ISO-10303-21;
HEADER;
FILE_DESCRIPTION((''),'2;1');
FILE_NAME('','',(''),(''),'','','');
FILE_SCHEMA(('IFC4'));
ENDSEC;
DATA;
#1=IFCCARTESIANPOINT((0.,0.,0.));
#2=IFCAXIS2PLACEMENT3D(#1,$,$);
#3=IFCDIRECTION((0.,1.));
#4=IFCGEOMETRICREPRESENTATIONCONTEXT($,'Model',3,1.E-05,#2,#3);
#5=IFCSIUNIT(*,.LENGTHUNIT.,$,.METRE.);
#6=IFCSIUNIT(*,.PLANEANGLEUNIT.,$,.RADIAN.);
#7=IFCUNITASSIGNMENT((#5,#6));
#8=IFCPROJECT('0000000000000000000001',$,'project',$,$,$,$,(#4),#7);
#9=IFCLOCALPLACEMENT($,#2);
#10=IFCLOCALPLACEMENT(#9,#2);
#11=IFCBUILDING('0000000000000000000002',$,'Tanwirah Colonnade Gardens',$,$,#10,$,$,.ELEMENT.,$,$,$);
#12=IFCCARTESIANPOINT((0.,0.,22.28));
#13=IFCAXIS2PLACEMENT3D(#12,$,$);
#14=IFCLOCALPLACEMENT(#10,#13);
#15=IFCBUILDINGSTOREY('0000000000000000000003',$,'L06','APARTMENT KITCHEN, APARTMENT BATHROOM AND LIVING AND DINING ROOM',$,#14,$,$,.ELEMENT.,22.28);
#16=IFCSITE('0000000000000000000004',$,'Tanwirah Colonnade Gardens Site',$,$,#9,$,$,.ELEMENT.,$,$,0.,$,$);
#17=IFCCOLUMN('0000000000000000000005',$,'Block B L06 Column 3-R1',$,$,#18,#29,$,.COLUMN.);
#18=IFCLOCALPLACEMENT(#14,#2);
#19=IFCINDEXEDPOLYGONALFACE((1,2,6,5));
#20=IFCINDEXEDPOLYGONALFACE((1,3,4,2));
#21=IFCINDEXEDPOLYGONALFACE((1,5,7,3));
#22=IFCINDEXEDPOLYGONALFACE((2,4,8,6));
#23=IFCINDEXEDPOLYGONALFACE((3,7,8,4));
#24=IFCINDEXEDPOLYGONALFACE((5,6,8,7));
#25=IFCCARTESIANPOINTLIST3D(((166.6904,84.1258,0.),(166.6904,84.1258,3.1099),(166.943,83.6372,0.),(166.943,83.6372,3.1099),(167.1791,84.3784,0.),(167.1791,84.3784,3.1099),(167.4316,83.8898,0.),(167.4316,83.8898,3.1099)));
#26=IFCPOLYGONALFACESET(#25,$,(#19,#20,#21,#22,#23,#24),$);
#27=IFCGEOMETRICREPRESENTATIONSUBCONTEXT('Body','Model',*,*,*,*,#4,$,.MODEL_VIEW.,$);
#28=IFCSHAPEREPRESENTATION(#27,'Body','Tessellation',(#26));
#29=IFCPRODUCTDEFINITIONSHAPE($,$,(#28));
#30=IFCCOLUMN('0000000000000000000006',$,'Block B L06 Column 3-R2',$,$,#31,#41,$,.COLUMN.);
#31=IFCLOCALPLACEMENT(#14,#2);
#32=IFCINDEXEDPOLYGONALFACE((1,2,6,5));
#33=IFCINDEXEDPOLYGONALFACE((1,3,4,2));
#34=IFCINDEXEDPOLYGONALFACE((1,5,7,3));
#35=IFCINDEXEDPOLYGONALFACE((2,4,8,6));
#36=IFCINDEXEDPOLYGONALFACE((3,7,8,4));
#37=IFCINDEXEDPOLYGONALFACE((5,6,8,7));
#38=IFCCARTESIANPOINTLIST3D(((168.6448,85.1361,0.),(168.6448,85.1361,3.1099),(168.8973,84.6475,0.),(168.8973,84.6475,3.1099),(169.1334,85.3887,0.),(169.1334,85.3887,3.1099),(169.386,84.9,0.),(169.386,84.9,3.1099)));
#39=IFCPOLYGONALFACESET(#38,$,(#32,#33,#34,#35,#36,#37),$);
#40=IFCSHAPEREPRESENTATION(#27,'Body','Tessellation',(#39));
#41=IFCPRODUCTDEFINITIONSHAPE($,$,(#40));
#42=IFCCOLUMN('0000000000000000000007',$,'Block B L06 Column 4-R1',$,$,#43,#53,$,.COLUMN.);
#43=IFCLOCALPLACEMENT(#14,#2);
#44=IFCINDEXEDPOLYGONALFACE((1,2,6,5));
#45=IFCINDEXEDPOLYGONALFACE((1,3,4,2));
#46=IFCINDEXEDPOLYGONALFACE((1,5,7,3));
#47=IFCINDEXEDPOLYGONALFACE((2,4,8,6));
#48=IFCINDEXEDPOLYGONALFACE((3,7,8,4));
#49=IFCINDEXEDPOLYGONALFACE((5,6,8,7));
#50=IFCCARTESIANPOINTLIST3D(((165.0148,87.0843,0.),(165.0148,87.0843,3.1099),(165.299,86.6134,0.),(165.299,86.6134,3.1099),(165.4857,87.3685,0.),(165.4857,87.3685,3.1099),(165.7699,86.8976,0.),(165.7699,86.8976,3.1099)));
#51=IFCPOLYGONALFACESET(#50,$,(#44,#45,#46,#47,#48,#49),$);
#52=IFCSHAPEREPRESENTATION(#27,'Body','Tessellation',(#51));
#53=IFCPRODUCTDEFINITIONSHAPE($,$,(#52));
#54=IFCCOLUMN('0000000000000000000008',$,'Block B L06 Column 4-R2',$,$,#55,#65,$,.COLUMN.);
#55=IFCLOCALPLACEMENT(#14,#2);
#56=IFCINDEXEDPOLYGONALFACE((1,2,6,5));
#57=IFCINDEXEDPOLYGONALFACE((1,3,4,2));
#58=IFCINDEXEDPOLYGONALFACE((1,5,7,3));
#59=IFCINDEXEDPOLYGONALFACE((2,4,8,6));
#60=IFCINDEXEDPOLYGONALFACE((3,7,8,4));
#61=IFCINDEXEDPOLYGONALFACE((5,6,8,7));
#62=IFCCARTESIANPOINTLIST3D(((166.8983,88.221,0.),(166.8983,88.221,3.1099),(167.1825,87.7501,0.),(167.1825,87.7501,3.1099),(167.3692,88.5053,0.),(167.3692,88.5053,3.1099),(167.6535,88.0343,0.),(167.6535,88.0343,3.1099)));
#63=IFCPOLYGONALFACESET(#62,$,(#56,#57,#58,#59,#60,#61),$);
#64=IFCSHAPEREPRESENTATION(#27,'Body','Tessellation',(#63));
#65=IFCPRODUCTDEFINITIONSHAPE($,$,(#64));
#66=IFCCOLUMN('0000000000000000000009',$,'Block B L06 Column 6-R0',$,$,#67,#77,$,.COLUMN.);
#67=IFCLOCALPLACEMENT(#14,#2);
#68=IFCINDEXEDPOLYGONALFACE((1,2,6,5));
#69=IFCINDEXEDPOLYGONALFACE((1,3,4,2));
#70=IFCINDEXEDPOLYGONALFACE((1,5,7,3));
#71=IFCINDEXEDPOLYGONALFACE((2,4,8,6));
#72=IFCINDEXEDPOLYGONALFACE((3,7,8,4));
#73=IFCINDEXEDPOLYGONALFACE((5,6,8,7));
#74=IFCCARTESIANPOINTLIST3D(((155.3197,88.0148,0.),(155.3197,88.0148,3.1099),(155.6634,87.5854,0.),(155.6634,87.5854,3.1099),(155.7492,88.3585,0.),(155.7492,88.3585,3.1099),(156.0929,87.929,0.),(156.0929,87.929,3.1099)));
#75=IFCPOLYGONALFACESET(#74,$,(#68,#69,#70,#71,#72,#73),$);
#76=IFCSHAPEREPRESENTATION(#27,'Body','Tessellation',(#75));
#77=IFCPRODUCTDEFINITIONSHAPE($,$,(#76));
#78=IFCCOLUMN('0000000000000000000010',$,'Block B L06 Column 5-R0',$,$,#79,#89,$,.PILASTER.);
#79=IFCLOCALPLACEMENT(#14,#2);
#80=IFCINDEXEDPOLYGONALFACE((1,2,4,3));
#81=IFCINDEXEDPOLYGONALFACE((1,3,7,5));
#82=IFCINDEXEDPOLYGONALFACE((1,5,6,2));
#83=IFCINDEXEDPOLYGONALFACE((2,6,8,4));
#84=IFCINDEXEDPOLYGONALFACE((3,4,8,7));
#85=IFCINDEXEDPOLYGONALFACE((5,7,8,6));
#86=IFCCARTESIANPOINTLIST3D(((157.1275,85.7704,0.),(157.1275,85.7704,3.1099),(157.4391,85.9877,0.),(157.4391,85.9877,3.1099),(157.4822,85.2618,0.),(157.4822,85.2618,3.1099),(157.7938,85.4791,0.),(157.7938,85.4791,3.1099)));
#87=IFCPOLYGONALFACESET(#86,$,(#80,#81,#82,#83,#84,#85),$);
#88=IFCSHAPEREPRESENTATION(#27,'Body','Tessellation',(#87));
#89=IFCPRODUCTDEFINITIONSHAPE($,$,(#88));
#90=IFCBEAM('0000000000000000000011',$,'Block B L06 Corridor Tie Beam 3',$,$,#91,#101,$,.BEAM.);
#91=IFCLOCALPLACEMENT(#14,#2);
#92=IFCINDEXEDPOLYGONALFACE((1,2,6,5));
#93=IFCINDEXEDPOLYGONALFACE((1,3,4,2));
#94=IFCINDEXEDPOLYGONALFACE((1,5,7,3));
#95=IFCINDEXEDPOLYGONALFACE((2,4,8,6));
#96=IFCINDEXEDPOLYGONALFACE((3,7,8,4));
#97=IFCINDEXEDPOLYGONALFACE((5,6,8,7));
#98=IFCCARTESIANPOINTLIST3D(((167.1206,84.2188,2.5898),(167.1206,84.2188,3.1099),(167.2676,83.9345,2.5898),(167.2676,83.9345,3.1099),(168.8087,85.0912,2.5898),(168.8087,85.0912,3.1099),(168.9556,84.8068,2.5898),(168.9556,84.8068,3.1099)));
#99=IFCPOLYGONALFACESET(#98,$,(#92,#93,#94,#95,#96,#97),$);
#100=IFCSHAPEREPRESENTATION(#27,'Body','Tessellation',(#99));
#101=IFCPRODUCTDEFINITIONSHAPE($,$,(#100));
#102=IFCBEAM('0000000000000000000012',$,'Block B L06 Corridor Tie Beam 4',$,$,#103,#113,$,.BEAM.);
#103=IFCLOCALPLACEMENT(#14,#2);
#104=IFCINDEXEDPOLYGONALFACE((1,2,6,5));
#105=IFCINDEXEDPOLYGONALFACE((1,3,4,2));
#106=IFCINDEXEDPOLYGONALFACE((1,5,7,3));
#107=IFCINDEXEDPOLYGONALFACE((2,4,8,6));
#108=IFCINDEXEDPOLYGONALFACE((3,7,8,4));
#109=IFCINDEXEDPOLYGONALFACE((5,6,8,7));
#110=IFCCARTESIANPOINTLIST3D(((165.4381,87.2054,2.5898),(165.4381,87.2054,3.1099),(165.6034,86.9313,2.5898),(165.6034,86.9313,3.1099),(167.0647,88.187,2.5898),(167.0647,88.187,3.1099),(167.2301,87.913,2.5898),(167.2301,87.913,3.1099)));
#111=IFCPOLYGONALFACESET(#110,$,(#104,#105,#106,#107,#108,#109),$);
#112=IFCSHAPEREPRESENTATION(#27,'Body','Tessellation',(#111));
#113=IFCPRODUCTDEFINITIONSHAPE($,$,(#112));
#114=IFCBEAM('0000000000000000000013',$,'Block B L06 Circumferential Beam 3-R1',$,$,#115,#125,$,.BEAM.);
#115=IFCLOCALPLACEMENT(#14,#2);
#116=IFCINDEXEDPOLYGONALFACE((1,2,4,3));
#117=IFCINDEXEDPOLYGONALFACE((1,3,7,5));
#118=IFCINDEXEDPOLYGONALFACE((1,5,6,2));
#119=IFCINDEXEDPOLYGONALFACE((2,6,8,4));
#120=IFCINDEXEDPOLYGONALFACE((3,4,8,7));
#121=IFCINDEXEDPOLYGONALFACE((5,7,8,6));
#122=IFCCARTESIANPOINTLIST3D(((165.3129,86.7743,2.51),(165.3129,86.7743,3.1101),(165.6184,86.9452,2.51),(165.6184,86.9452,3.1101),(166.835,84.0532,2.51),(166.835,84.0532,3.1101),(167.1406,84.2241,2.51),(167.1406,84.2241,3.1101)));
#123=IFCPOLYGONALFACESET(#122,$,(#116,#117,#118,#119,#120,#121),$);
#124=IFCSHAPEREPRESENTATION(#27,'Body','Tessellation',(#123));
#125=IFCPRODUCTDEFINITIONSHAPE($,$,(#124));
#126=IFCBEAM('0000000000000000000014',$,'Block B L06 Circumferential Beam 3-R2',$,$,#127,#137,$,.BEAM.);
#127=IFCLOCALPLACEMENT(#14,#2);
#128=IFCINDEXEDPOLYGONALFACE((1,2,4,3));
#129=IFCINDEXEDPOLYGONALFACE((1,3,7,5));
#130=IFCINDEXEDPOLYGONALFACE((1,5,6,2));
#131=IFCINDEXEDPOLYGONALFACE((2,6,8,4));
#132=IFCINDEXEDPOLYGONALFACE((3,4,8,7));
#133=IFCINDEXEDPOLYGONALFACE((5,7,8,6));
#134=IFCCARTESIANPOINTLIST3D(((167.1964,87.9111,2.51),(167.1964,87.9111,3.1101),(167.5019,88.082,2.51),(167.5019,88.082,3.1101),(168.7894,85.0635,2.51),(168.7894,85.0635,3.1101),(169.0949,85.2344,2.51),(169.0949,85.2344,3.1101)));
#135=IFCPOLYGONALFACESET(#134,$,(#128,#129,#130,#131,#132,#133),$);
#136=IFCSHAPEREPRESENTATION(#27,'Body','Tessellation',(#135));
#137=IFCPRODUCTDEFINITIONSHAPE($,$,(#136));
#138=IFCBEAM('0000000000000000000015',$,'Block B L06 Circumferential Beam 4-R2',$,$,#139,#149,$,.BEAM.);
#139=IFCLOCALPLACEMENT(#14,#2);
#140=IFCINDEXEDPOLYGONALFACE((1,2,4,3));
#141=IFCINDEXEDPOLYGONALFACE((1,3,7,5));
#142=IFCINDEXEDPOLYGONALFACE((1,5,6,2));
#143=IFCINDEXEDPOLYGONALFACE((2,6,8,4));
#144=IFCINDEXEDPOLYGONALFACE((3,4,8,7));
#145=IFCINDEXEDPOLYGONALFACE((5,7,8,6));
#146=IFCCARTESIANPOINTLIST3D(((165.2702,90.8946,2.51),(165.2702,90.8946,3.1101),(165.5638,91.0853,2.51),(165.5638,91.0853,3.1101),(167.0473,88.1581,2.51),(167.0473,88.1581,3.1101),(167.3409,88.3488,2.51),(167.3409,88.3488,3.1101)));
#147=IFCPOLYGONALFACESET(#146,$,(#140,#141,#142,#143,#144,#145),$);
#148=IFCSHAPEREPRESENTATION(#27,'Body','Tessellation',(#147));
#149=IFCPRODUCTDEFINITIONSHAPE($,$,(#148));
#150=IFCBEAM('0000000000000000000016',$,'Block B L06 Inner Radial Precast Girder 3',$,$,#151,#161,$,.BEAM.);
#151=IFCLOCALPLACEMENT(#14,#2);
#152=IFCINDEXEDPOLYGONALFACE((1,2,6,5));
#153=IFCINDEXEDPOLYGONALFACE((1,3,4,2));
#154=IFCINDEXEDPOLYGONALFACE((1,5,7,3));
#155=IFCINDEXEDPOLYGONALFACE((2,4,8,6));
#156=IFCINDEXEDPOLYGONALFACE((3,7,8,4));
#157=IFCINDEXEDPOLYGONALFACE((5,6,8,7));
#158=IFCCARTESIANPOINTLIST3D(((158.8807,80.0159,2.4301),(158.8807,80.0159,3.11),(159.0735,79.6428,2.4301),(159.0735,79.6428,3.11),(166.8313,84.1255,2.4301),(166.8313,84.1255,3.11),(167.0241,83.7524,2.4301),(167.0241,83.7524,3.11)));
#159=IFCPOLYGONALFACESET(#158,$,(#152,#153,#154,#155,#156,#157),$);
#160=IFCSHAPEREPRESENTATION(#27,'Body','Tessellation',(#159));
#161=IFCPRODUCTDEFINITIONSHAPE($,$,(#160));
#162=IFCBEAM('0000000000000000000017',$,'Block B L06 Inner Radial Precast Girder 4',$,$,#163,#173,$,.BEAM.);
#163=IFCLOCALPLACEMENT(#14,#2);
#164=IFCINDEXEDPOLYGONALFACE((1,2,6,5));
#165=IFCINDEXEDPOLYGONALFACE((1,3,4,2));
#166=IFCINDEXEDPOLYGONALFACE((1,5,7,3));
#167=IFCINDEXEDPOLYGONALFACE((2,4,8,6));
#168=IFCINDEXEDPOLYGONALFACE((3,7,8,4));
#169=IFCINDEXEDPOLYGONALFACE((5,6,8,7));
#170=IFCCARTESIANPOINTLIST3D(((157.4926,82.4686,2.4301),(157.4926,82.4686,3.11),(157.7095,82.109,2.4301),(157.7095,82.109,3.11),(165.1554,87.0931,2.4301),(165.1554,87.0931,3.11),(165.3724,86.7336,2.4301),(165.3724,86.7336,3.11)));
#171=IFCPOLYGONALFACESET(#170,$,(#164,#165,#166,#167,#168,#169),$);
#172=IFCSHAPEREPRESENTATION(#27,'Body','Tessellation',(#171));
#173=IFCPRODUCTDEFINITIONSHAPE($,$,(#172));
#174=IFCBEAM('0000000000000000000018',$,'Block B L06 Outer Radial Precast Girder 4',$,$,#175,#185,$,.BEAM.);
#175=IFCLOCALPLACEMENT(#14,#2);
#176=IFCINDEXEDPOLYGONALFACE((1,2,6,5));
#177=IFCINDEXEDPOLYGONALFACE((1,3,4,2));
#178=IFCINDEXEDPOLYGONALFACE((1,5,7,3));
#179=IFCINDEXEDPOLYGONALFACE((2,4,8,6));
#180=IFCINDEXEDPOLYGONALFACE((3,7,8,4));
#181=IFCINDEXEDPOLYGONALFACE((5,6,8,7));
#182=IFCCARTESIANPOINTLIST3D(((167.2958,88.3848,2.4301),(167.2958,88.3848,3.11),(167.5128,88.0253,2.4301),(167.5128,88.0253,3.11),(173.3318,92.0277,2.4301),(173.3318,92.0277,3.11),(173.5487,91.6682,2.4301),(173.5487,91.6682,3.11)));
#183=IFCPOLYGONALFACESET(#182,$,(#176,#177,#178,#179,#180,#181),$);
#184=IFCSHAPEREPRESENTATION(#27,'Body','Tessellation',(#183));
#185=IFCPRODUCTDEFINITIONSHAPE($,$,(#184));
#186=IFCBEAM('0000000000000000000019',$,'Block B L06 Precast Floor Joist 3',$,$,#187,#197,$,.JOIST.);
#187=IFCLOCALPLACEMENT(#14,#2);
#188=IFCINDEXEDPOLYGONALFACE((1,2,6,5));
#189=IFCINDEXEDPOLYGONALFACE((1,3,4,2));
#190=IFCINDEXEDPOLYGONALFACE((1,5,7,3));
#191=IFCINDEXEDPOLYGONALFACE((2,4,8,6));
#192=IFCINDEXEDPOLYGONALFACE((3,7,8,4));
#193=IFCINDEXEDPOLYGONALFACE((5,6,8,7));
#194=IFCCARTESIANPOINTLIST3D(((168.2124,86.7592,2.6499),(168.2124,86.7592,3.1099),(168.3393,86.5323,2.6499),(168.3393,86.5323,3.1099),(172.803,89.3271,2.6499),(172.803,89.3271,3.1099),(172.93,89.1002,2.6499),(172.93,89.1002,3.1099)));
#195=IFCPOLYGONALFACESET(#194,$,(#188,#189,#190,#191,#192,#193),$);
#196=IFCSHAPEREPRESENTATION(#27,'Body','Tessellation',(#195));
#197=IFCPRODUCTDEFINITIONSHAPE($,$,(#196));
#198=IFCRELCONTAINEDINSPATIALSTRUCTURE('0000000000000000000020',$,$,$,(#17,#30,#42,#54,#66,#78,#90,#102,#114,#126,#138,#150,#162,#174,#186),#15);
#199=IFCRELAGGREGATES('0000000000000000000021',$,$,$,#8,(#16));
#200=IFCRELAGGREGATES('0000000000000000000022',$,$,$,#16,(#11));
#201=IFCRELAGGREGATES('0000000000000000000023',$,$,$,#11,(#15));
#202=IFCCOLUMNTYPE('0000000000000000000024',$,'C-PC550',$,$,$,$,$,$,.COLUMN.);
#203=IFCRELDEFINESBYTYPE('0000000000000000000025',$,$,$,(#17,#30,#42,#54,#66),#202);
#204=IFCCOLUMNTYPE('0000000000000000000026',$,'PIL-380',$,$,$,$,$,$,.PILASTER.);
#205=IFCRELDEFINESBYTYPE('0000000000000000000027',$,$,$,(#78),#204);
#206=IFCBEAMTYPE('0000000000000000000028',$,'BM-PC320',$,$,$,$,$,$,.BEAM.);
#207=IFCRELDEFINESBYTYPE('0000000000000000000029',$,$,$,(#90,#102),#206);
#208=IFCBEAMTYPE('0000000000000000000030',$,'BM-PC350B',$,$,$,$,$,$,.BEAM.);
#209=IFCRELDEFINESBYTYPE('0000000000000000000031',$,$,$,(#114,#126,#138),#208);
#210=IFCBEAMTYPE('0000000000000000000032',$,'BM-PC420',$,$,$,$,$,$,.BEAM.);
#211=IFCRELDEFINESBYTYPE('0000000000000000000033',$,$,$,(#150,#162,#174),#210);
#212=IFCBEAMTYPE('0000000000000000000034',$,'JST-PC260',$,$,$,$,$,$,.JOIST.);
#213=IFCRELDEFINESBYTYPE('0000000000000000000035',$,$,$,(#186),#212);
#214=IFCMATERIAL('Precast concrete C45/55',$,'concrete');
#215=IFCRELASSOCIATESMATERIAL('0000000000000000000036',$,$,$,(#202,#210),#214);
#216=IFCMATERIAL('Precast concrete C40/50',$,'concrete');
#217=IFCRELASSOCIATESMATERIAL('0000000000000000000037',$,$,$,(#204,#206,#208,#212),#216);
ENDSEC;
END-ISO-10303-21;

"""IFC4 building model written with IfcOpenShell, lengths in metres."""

from ifc_helpers import new_model, si_unit, direction, frame, origin, origin_2d, place, context, subcontext, project, spatial, rectangle, extrude, material, material_profile, profile_set, type_object, element, save


model = new_model("IFC4")

# Units and contexts
model_context = context("Model", 3, precision=1e-05, world=origin(), true_north=direction((0.0, 1.0)))
body_context = subcontext(model_context, "Body", "Model", "MODEL_VIEW")
ifc_project = project(units=[si_unit("LENGTHUNIT", "METRE"), si_unit("PLANEANGLEUNIT", "RADIAN")], contexts=[model_context])

# Site, building, storey
site_placement = place(None, origin())
site = spatial("IfcSite", under=ifc_project, at=site_placement, Name="Tanwirah Colonnade Gardens Site", CompositionType="ELEMENT", RefElevation=0.0)
building_placement = place(site_placement, origin())
building = spatial("IfcBuilding", under=site, at=building_placement, Name="Tanwirah Colonnade Gardens", CompositionType="ELEMENT")
storey_placement = place(building_placement, frame((0.0, 0.0, 22.28)))
storey = spatial("IfcBuildingStorey", under=building, at=storey_placement, Name="L06", Description="APARTMENT KITCHEN, APARTMENT BATHROOM AND LIVING AND DINING ROOM", CompositionType="ELEMENT", Elevation=22.28)

# Columns
ifc_material_1 = material(Name="Precast concrete C45/55", Category="concrete")
ifc_material_profile_1 = material_profile(ifc_material_1, rectangle(XDim=0.55, YDim=0.55, at=origin_2d()), Name="PC-COL 550x550")
ifc_profile_set_1 = profile_set([ifc_material_profile_1], Name="Precast concrete C45/55")
column_type_1 = type_object("IfcColumnType", Name="C-PC550", PredefinedType="COLUMN", material=ifc_profile_set_1)
for number, where, z_axis, x_axis, name in (
    (1, (167.061, 84.0078, 0.0), (0.0, 0.0, 1.0), (0.88835, 0.459166, 0.0), "Block B L06 Column 3-R1"),
    (2, (169.0154, 85.0181, 0.0), (0.0, 0.0, 1.0), (0.88835, 0.459166, 0.0), "Block B L06 Column 3-R2"),
    (3, (165.3923, 86.991, 0.0), (0.0, 0.0, 1.0), (0.856167, 0.516699, 0.0), "Block B L06 Column 4-R1"),
    (4, (167.2759, 88.1277, 0.0), (0.0, 0.0, 1.0), (0.856167, 0.516699, 0.0), "Block B L06 Column 4-R2"),
    (5, (155.7063, 87.9719, 0.0), (0.0, 0.0, 1.0), (0.780794, 0.624789, 0.0), "Block B L06 Column 6-R0"),
):
    element("IfcColumn", number, at=place(storey_placement, frame(where, z_axis=z_axis, x_axis=x_axis)), inside=storey, type_object=column_type_1, Name=name, PredefinedType="COLUMN", context=body_context, shape_type="SweptSolid", body=[
        extrude(rectangle(XDim=0.55, YDim=0.55, at=origin_2d()), origin(), (0.0, 0.0, 1.0), 3.1099),
    ])
ifc_material_2 = material(Name="Precast concrete C40/50", Category="concrete")
ifc_material_profile_2 = material_profile(ifc_material_2, rectangle(XDim=0.3799, YDim=0.6201, at=origin_2d()), Name="PC-PIL 380x620")
ifc_profile_set_2 = profile_set([ifc_material_profile_2], Name="Precast concrete C40/50")
column_type_2 = type_object("IfcColumnType", Name="PIL-380", PredefinedType="PILASTER", material=ifc_profile_set_2)
column_placement = place(storey_placement, frame((157.4607, 85.6248, 0.0), z_axis=(0.0, 0.0, 1.0), x_axis=(0.820263, 0.571987, 0.0)))
element("IfcColumn", 6, at=column_placement, inside=storey, type_object=column_type_2, Name="Block B L06 Column 5-R0", PredefinedType="PILASTER", context=body_context, shape_type="SweptSolid", body=[
    extrude(rectangle(XDim=0.3799, YDim=0.6201, at=origin_2d()), origin(), (0.0, 0.0, 1.0), 3.1099),
])

# Beams
ifc_material_profile_3 = material_profile(ifc_material_2, rectangle(XDim=0.3201, YDim=0.52, at=origin_2d()), Name="PC-BM 320x520")
ifc_profile_set_3 = profile_set([ifc_material_profile_3], Name="Precast concrete C40/50")
beam_type_1 = type_object("IfcBeamType", Name="BM-PC320", PredefinedType="BEAM", material=ifc_profile_set_3)
beam_1_placement = place(storey_placement, frame((167.1941, 84.0767, 2.8499), z_axis=(0.888386, 0.459098, 0.0), x_axis=(-0.459098, 0.888386, 0.0)))
element("IfcBeam", 7, at=beam_1_placement, inside=storey, type_object=beam_type_1, Name="Block B L06 Corridor Tie Beam 3", PredefinedType="BEAM", context=body_context, shape_type="SweptSolid", body=[
    extrude(rectangle(XDim=0.3201, YDim=0.52, at=origin_2d()), origin(), (0.0, 0.0, 1.0), 1.9001),
])
beam_2_placement = place(storey_placement, frame((165.5208, 87.0684, 2.8499), z_axis=(0.856175, 0.516686, 0.0), x_axis=(-0.516686, 0.856175, 0.0)))
element("IfcBeam", 8, at=beam_2_placement, inside=storey, type_object=beam_type_1, Name="Block B L06 Corridor Tie Beam 4", PredefinedType="BEAM", context=body_context, shape_type="SweptSolid", body=[
    extrude(rectangle(XDim=0.3201, YDim=0.52, at=origin_2d()), origin(), (0.0, 0.0, 1.0), 1.8999),
])
ifc_material_profile_4 = material_profile(ifc_material_2, rectangle(XDim=0.3501, YDim=0.6001, at=origin_2d()), Name="PC-BM 350x600")
ifc_profile_set_4 = profile_set([ifc_material_profile_4], Name="Precast concrete C40/50")
beam_type_2 = type_object("IfcBeamType", Name="BM-PC350B", PredefinedType="BEAM", material=ifc_profile_set_4)
beam_3_placement = place(storey_placement, frame((166.9878, 84.1387, 2.8101), z_axis=(-0.4882, 0.872732, 0.0), x_axis=(-0.872732, -0.4882, 0.0)))
element("IfcBeam", 9, at=beam_3_placement, inside=storey, type_object=beam_type_2, Name="Block B L06 Circumferential Beam 3-R1", PredefinedType="BEAM", context=body_context, shape_type="SweptSolid", body=[
    extrude(rectangle(XDim=0.3501, YDim=0.6001, at=origin_2d()), origin(), (0.0, 0.0, 1.0), 3.1179),
])
for number, where, z_axis, x_axis, name in (
    (10, (168.9421, 85.1489, 2.8101), (-0.488214, 0.872724, 0.0), (-0.872724, -0.488214, 0.0), "Block B L06 Circumferential Beam 3-R2"),
    (11, (167.1941, 88.2534, 2.8101), (-0.544628, 0.838678, 0.0), (-0.838678, -0.544628, 0.0), "Block B L06 Circumferential Beam 4-R2"),
):
    element("IfcBeam", number, at=place(storey_placement, frame(where, z_axis=z_axis, x_axis=x_axis)), inside=storey, type_object=beam_type_2, Name=name, PredefinedType="BEAM", context=body_context, shape_type="SweptSolid", body=[
        extrude(rectangle(XDim=0.3501, YDim=0.6001, at=origin_2d()), origin(), (0.0, 0.0, 1.0), 3.2629),
    ])
ifc_material_profile_5 = material_profile(ifc_material_1, rectangle(XDim=0.4199, YDim=0.6799, at=origin_2d()), Name="PC-BM 420x680")
ifc_profile_set_5 = profile_set([ifc_material_profile_5], Name="Precast concrete C45/55")
beam_type_3 = type_object("IfcBeamType", Name="BM-PC420", PredefinedType="BEAM", material=ifc_profile_set_5)
beam_4_placement = place(storey_placement, frame((166.9277, 83.939, 2.77), z_axis=(-0.888345, -0.459176, 0.0), x_axis=(0.459176, -0.888345, 0.0)))
element("IfcBeam", 12, at=beam_4_placement, inside=storey, type_object=beam_type_3, Name="Block B L06 Inner Radial Precast Girder 3", PredefinedType="BEAM", context=body_context, shape_type="SweptSolid", body=[
    extrude(rectangle(XDim=0.4199, YDim=0.6799, at=origin_2d()), origin(), (0.0, 0.0, 1.0), 8.95),
])
beam_5_placement = place(storey_placement, frame((165.2639, 86.9133, 2.77), z_axis=(-0.856169, -0.516696, 0.0), x_axis=(0.516696, -0.856169, 0.0)))
element("IfcBeam", 13, at=beam_5_placement, inside=storey, type_object=beam_type_3, Name="Block B L06 Inner Radial Precast Girder 4", PredefinedType="BEAM", context=body_context, shape_type="SweptSolid", body=[
    extrude(rectangle(XDim=0.4199, YDim=0.6799, at=origin_2d()), origin(), (0.0, 0.0, 1.0), 8.9502),
])
beam_6_placement = place(storey_placement, frame((167.4043, 88.2051, 2.77), z_axis=(0.856158, 0.516714, 0.0), x_axis=(-0.516714, 0.856158, 0.0)))
element("IfcBeam", 14, at=beam_6_placement, inside=storey, type_object=beam_type_3, Name="Block B L06 Outer Radial Precast Girder 4", PredefinedType="BEAM", context=body_context, shape_type="SweptSolid", body=[
    extrude(rectangle(XDim=0.4199, YDim=0.6799, at=origin_2d()), origin(), (0.0, 0.0, 1.0), 7.05),
])
ifc_material_profile_6 = material_profile(ifc_material_2, rectangle(XDim=0.26, YDim=0.46, at=origin_2d()), Name="PC-JST 260x460")
ifc_profile_set_6 = profile_set([ifc_material_profile_6], Name="Precast concrete C40/50")
beam_type_4 = type_object("IfcBeamType", Name="JST-PC260", PredefinedType="JOIST", material=ifc_profile_set_6)
beam_7_placement = place(storey_placement, frame((168.2759, 86.6458, 2.8799), z_axis=(0.872737, 0.488191, 0.0), x_axis=(-0.488191, 0.872737, 0.0)))
element("IfcBeam", 15, at=beam_7_placement, inside=storey, type_object=beam_type_4, Name="Block B L06 Precast Floor Joist 3", PredefinedType="JOIST", context=body_context, shape_type="SweptSolid", body=[
    extrude(rectangle(XDim=0.26, YDim=0.46, at=origin_2d()), origin(), (0.0, 0.0, 1.0), 5.26),
])

save(model, "model.ifc")
